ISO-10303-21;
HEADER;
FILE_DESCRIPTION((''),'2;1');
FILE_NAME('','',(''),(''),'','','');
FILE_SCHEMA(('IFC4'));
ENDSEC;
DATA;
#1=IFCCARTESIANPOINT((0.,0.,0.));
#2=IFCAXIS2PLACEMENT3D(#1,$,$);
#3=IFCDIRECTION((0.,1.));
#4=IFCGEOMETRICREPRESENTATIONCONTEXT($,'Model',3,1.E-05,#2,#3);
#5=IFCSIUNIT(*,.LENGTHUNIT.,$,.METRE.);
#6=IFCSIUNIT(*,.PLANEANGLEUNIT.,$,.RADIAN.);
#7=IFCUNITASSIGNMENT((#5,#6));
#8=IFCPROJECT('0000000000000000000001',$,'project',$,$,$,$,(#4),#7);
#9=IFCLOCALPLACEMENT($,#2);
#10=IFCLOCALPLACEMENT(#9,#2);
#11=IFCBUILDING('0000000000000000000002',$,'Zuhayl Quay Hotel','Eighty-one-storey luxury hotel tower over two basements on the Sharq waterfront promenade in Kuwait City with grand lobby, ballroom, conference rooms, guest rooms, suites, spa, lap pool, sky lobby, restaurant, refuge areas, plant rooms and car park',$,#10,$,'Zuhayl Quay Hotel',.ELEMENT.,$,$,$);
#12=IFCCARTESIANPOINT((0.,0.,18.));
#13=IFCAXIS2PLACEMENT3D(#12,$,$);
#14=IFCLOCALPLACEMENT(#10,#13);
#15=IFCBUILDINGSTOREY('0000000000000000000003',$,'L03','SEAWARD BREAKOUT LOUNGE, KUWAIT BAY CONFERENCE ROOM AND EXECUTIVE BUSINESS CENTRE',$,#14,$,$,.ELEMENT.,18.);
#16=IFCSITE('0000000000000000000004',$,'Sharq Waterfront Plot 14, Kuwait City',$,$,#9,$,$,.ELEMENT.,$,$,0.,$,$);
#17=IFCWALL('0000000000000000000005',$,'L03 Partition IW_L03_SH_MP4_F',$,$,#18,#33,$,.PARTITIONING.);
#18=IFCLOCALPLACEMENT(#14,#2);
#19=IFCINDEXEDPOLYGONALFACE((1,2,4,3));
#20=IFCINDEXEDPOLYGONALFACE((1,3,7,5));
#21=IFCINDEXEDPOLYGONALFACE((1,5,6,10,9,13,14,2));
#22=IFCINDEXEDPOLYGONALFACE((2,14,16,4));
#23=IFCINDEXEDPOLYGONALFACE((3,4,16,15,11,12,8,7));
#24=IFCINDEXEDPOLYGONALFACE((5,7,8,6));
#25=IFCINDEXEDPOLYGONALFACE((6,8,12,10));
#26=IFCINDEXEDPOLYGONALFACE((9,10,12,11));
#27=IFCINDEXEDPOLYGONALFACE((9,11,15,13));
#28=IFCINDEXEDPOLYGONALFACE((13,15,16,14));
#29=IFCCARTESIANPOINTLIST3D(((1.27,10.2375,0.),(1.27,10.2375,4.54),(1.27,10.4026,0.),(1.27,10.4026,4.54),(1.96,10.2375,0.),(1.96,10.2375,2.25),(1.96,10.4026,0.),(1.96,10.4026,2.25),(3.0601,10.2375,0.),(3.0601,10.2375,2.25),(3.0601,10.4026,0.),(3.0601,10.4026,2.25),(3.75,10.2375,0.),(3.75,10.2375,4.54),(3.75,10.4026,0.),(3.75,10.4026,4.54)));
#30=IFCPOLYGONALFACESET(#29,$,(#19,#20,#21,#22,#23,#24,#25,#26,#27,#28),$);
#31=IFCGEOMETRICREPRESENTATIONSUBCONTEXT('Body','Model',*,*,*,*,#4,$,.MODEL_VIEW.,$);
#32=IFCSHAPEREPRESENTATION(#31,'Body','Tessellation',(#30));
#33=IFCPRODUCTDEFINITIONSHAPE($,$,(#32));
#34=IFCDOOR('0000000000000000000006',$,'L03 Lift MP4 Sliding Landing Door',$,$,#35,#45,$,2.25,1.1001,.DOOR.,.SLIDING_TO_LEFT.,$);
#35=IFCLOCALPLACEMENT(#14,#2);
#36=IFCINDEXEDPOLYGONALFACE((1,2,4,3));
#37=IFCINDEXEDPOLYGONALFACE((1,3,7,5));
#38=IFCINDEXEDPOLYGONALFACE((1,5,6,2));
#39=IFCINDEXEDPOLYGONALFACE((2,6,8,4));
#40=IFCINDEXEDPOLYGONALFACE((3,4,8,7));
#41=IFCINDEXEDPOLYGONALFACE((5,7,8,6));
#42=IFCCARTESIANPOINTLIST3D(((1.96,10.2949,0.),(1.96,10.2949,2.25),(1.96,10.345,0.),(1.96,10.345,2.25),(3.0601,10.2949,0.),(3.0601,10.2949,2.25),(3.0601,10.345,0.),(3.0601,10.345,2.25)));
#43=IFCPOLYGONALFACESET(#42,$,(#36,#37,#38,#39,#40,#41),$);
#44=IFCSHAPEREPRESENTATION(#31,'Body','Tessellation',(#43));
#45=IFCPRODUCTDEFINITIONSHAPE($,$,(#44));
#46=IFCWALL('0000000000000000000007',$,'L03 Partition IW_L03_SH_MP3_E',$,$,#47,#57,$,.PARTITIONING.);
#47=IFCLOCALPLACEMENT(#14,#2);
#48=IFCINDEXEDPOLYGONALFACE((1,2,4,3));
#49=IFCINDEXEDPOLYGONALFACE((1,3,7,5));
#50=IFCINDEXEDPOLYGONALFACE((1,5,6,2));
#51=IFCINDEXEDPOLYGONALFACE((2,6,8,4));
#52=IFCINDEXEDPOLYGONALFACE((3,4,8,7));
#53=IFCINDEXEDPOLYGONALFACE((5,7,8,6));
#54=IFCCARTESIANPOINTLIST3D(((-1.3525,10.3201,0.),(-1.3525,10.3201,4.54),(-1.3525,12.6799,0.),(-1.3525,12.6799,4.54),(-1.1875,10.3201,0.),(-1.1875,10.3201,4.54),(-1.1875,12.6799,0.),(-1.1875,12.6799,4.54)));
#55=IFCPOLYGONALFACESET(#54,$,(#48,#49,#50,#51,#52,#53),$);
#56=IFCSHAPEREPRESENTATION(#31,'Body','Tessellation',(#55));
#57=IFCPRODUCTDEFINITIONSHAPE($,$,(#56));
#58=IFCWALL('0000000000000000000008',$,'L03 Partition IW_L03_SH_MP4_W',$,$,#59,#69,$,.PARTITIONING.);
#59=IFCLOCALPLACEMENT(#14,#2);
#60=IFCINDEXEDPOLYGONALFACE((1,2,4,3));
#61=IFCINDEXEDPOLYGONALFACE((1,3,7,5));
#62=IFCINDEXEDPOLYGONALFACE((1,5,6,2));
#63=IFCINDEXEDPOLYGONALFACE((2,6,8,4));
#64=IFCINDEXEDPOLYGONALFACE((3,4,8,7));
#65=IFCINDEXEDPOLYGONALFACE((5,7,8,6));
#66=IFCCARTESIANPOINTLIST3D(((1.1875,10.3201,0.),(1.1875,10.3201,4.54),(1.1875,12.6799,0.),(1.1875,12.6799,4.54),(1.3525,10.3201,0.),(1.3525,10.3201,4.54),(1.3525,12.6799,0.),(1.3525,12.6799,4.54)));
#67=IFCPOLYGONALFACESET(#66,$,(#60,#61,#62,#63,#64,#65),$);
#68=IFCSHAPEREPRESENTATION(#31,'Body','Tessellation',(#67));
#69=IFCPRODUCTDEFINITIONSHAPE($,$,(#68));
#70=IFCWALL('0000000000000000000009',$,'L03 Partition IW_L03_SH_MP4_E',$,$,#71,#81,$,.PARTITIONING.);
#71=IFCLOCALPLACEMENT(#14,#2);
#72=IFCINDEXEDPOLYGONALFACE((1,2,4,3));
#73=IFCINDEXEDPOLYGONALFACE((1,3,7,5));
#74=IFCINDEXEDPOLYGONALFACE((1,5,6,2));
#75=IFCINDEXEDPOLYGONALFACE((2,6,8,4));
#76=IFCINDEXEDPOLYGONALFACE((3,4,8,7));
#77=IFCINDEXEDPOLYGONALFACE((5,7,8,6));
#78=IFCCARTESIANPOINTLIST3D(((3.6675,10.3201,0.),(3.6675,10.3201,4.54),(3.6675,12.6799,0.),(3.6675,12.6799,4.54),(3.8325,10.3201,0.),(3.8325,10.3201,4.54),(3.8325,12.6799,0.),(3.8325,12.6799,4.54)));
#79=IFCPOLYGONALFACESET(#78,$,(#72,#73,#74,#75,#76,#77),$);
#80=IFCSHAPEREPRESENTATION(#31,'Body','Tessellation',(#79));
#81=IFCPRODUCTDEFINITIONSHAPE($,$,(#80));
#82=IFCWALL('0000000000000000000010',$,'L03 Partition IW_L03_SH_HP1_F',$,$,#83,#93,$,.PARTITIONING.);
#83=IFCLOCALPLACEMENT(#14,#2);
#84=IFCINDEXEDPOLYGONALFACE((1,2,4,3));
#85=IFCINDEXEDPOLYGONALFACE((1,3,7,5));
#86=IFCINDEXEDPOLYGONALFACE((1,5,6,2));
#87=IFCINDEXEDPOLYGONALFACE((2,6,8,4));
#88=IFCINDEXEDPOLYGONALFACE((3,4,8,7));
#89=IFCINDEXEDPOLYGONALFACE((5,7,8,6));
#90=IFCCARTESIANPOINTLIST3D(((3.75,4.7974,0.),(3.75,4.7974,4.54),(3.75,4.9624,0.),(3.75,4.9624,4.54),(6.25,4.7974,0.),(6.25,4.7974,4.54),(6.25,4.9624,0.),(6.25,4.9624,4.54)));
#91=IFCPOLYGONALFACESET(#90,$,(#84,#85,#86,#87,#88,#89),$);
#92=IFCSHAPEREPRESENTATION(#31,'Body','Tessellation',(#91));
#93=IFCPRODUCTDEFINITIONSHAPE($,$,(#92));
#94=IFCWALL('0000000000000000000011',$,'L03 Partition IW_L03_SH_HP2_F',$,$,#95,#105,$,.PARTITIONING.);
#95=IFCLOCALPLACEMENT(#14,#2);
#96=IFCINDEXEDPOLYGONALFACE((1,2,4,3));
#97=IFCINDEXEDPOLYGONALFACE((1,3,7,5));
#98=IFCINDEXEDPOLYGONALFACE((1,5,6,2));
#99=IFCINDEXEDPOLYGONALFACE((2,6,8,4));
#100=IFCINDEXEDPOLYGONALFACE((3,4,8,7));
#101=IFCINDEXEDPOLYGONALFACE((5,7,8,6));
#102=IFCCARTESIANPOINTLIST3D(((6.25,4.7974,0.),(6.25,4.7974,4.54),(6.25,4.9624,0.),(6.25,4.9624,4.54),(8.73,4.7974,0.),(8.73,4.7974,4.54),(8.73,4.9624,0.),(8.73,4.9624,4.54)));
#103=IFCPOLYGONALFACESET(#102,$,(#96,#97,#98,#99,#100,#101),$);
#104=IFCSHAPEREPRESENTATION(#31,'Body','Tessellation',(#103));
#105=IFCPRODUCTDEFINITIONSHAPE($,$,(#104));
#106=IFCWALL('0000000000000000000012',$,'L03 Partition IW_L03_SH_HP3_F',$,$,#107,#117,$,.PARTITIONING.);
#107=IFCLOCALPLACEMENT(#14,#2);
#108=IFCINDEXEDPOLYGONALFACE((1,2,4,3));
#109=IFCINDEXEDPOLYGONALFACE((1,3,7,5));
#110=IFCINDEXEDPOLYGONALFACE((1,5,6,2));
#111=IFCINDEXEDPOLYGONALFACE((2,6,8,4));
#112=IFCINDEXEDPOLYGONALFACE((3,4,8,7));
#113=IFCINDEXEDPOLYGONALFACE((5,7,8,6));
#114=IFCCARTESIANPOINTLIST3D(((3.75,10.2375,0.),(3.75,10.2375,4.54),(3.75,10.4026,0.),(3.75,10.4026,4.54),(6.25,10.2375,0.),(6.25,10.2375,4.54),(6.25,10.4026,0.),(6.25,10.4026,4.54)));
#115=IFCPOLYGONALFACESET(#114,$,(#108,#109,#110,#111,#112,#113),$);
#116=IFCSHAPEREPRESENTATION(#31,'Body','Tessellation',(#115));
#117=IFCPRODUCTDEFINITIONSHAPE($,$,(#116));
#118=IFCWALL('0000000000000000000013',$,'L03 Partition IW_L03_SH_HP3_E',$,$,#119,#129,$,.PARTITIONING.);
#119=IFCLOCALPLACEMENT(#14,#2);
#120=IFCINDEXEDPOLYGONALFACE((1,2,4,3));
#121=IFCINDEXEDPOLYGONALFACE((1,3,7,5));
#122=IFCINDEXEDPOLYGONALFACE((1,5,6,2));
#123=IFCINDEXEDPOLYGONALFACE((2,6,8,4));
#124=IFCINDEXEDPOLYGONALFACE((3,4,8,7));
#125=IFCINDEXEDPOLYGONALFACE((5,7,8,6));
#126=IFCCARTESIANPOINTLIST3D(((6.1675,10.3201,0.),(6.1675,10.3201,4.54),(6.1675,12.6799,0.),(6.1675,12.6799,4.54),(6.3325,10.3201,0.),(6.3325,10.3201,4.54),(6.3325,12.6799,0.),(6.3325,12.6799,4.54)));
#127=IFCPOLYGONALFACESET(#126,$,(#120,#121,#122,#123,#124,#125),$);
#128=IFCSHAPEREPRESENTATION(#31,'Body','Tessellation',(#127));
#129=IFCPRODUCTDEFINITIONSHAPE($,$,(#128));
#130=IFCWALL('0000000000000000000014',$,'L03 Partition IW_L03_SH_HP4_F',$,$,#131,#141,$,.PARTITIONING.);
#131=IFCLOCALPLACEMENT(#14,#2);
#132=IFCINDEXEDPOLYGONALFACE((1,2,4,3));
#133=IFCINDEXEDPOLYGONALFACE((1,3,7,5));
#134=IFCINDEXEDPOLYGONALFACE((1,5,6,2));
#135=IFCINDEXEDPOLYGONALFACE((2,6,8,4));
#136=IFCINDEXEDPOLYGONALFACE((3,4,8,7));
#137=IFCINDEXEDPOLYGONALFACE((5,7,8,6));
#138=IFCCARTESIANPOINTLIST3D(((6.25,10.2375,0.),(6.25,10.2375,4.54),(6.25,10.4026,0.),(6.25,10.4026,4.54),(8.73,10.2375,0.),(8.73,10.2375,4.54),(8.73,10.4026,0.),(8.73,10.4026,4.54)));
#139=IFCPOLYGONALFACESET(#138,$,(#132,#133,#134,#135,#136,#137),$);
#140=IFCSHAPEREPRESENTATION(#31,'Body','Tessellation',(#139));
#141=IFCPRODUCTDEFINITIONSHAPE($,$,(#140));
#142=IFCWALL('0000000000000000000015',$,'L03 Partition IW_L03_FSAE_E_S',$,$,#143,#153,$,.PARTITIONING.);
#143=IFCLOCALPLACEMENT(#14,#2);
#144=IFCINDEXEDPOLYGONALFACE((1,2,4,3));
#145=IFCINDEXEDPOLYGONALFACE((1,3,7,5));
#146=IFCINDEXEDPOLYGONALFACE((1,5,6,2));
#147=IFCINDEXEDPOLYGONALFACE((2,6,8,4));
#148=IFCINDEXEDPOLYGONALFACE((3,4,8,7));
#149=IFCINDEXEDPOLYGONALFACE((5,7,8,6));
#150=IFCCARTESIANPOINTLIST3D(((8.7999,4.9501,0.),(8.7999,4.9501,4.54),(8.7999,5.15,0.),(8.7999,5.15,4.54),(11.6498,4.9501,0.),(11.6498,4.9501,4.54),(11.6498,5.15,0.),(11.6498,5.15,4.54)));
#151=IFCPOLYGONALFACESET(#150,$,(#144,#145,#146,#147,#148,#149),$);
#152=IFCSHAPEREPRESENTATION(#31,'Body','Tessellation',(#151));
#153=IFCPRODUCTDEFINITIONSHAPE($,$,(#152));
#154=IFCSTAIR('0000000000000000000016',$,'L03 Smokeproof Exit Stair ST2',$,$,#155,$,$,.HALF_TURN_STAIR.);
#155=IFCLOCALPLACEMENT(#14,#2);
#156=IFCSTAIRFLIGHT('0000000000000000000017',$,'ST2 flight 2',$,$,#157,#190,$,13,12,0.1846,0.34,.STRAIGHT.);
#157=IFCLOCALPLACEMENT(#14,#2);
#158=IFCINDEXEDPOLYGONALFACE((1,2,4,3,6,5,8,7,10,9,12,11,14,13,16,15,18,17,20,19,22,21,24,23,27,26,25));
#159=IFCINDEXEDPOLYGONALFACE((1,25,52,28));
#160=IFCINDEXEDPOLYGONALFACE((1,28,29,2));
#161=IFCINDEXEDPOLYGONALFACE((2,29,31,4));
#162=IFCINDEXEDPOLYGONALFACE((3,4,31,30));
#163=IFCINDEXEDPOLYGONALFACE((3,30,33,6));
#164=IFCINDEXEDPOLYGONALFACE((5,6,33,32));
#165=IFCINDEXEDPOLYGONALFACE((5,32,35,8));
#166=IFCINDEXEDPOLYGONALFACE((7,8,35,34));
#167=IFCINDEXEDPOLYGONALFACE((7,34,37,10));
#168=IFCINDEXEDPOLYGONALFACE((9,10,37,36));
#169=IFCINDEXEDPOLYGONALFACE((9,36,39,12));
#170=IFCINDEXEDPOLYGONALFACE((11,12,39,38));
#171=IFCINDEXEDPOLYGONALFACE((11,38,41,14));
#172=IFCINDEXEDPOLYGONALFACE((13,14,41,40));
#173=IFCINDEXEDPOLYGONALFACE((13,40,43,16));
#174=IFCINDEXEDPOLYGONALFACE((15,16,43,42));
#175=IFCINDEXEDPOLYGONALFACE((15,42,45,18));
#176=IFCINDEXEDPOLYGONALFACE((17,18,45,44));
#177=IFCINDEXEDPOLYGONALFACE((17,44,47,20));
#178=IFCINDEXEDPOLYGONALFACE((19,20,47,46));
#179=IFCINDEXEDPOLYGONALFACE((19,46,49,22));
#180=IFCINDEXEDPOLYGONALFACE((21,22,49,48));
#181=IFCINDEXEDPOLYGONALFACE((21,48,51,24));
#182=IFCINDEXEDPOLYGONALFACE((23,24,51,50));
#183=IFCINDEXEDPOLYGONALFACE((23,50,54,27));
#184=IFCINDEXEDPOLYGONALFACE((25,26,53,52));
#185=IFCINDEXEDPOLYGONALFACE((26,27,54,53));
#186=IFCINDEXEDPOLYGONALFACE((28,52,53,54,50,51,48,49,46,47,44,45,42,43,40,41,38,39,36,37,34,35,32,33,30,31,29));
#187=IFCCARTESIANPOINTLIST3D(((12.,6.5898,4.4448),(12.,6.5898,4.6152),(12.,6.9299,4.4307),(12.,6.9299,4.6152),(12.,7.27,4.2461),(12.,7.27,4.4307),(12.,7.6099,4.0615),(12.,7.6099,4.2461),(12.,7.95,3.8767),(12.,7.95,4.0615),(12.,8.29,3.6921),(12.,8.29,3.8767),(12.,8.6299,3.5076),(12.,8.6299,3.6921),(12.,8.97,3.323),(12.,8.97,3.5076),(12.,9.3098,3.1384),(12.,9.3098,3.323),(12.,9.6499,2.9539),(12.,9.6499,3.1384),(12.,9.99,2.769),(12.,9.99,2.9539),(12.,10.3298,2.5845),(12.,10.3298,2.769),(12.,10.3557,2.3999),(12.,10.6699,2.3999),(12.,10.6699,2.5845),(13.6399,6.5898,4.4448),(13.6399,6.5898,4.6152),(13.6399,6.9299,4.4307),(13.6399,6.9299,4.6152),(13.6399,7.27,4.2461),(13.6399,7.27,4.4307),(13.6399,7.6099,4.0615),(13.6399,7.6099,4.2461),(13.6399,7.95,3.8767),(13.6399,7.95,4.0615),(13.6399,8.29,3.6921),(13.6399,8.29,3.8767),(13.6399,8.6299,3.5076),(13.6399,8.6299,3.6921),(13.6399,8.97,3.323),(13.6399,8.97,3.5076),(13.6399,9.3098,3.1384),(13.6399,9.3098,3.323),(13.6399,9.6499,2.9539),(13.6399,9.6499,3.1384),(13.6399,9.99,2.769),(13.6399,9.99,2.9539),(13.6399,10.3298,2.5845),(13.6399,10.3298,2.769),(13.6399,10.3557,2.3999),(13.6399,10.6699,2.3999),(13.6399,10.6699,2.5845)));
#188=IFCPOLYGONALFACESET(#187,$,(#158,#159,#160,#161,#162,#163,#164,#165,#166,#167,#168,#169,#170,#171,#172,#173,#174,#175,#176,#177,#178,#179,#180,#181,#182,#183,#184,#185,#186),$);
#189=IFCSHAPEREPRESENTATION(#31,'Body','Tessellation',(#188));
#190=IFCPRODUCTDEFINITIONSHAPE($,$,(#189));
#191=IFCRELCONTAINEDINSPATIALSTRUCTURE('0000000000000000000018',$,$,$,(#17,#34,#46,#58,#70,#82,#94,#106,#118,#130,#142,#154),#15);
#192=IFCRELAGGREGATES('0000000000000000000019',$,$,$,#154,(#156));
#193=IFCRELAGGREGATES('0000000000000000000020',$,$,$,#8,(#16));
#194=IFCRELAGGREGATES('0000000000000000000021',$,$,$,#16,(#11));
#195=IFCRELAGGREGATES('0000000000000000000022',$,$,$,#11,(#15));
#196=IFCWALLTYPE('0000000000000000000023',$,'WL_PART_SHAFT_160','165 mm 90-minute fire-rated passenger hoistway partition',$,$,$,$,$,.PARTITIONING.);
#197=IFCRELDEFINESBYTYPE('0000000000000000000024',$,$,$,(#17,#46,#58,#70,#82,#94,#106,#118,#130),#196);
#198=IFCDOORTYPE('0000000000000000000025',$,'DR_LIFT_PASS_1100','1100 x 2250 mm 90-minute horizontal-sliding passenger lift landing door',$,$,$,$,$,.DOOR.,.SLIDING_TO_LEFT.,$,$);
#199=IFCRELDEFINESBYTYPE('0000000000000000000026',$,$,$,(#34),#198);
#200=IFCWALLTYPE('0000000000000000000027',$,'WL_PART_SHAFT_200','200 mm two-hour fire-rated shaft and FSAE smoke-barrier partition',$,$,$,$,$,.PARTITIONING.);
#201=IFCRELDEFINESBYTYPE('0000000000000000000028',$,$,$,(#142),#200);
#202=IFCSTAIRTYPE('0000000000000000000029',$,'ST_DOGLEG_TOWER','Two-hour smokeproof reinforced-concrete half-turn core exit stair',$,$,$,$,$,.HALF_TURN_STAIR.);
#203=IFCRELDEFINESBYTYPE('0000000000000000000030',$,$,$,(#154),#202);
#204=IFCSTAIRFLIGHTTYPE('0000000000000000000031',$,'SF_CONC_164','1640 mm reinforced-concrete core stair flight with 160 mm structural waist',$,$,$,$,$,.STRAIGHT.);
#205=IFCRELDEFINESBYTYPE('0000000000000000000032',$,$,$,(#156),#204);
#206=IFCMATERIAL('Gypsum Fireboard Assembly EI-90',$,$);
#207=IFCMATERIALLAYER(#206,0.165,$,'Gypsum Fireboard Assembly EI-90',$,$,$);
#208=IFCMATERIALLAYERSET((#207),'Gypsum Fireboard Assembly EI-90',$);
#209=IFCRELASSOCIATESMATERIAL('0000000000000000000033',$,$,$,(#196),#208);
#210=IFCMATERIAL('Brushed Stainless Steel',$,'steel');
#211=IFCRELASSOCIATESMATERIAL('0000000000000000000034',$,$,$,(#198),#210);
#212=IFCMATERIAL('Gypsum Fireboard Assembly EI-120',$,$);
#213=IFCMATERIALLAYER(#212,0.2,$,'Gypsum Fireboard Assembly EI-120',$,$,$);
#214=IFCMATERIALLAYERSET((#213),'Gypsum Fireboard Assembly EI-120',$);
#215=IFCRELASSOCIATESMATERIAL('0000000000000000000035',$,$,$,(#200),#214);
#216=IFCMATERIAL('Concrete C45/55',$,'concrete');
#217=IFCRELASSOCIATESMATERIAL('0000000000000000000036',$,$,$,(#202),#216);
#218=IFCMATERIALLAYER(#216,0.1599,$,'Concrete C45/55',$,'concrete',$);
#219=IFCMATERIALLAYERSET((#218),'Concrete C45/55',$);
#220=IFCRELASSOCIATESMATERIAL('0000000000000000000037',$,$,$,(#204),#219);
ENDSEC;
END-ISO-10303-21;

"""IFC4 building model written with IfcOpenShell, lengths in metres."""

from ifc_helpers import new_model, si_unit, direction, frame, frame_2d, origin, place, context, subcontext, project, spatial, polyline, rectangle, outline, extrude, material, layer, layer_set, type_object, element, fill, aggregate, save


model = new_model("IFC4")

# Units and contexts
model_context = context("Model", 3, precision=1e-05, world=origin(), true_north=direction((0.0, 1.0)))
body_context = subcontext(model_context, "Body", "Model", "MODEL_VIEW")
ifc_project = project(units=[si_unit("LENGTHUNIT", "METRE"), si_unit("PLANEANGLEUNIT", "RADIAN")], contexts=[model_context])

# Site, building, storey
site_placement = place(None, origin())
site = spatial("IfcSite", under=ifc_project, at=site_placement, Name="Sharq Waterfront Plot 14, Kuwait City", CompositionType="ELEMENT", RefElevation=0.0)
building_placement = place(site_placement, origin())
building = spatial("IfcBuilding", under=site, at=building_placement, Name="Zuhayl Quay Hotel", Description="Eighty-one-storey luxury hotel tower over two basements on the Sharq waterfront promenade in Kuwait City with grand lobby, ballroom, conference rooms, guest rooms, suites, spa, lap pool, sky lobby, restaurant, refuge areas, plant rooms and car park", LongName="Zuhayl Quay Hotel", CompositionType="ELEMENT")
storey_placement = place(building_placement, frame((0.0, 0.0, 18.0)))
storey = spatial("IfcBuildingStorey", under=building, at=storey_placement, Name="L03", Description="SEAWARD BREAKOUT LOUNGE, KUWAIT BAY CONFERENCE ROOM AND EXECUTIVE BUSINESS CENTRE", CompositionType="ELEMENT", Elevation=18.0)

# Wall, opening, door
ifc_material_1 = material(Name="Gypsum Fireboard Assembly EI-90")
ifc_layer_1 = layer(ifc_material_1, 0.165, Name="Gypsum Fireboard Assembly EI-90")
ifc_layer_set_1 = layer_set([ifc_layer_1], Name="Gypsum Fireboard Assembly EI-90")
wall_type_1 = type_object("IfcWallType", Name="WL_PART_SHAFT_160", Description="165 mm 90-minute fire-rated passenger hoistway partition", PredefinedType="PARTITIONING", material=ifc_layer_set_1)
ifc_material_2 = material(Name="Brushed Stainless Steel", Category="steel")
door_type_1 = type_object("IfcDoorType", Name="DR_LIFT_PASS_1100", Description="1100 x 2250 mm 90-minute horizontal-sliding passenger lift landing door", OperationType="SLIDING_TO_LEFT", PredefinedType="DOOR", material=ifc_material_2)
wall_1_placement = place(storey_placement, frame((1.27, 10.3201, 0.0), z_axis=(0.0, 0.0, 1.0), x_axis=(1.0, 0.0, 0.0)))
wall_1 = element("IfcWall", 1, at=wall_1_placement, inside=storey, type_object=wall_type_1, Name="L03 Partition IW_L03_SH_MP4_F", PredefinedType="PARTITIONING", context=body_context, shape_type="SweptSolid", body=[
    extrude(rectangle(XDim=2.48, YDim=0.165, at=frame_2d((1.24, 0.0))), origin(), (0.0, 0.0, 1.0), 4.54),
])
opening_1_placement = place(wall_1_placement, frame((0.6899, 0.0, 0.0)))
opening_1 = element("IfcOpeningElement", 2, at=opening_1_placement, cuts=wall_1, PredefinedType="OPENING", context=body_context, shape_type="SweptSolid", body=[
    extrude(rectangle(XDim=1.1001, YDim=2.25, at=frame_2d((0.55, 1.125))), frame((0.0, 0.0925, 0.0), z_axis=(0.0, -1.0, 0.0), x_axis=(1.0, 0.0, 0.0)), (0.0, 0.0, 1.0), 0.1851),
])
door_1_placement = place(opening_1_placement, origin())
door_1 = element("IfcDoor", 3, at=door_1_placement, inside=storey, type_object=door_type_1, Name="L03 Lift MP4 Sliding Landing Door", OperationType="SLIDING_TO_LEFT", OverallHeight=2.25, OverallWidth=1.1001, PredefinedType="DOOR", context=body_context, shape_type="SweptSolid", body=[
    extrude(rectangle(XDim=1.1001, YDim=2.25, at=frame_2d((0.55, 1.125))), frame((0.0, 0.0249, 0.0), z_axis=(0.0, -1.0, 0.0), x_axis=(1.0, 0.0, 0.0)), (0.0, 0.0, 1.0), 0.05),
])
fill(opening_1, door_1)

# Walls
for number, where, z_axis, x_axis, name in (
    (4, (-1.27, 10.3201, 0.0), (0.0, 0.0, 1.0), (0.0, 1.0, 0.0), "L03 Partition IW_L03_SH_MP3_E"),
    (5, (1.27, 10.3201, 0.0), (0.0, 0.0, 1.0), (0.0, 1.0, 0.0), "L03 Partition IW_L03_SH_MP4_W"),
    (6, (3.75, 10.3201, 0.0), (0.0, 0.0, 1.0), (0.0, 1.0, 0.0), "L03 Partition IW_L03_SH_MP4_E"),
):
    element("IfcWall", number, at=place(storey_placement, frame(where, z_axis=z_axis, x_axis=x_axis)), inside=storey, type_object=wall_type_1, Name=name, PredefinedType="PARTITIONING", context=body_context, shape_type="SweptSolid", body=[
        extrude(rectangle(XDim=2.3599, YDim=0.165, at=frame_2d((1.1799, 0.0))), origin(), (0.0, 0.0, 1.0), 4.54),
    ])
wall_2_placement = place(storey_placement, frame((3.75, 4.8799, 0.0), z_axis=(0.0, 0.0, 1.0), x_axis=(1.0, 0.0, 0.0)))
element("IfcWall", 7, at=wall_2_placement, inside=storey, type_object=wall_type_1, Name="L03 Partition IW_L03_SH_HP1_F", PredefinedType="PARTITIONING", context=body_context, shape_type="SweptSolid", body=[
    extrude(rectangle(XDim=2.5, YDim=0.165, at=frame_2d((1.25, 0.0))), origin(), (0.0, 0.0, 1.0), 4.54),
])
wall_3_placement = place(storey_placement, frame((6.25, 4.8799, 0.0), z_axis=(0.0, 0.0, 1.0), x_axis=(1.0, 0.0, 0.0)))
element("IfcWall", 8, at=wall_3_placement, inside=storey, type_object=wall_type_1, Name="L03 Partition IW_L03_SH_HP2_F", PredefinedType="PARTITIONING", context=body_context, shape_type="SweptSolid", body=[
    extrude(rectangle(XDim=2.48, YDim=0.165, at=frame_2d((1.24, 0.0))), origin(), (0.0, 0.0, 1.0), 4.54),
])
wall_4_placement = place(storey_placement, frame((3.75, 10.3201, 0.0), z_axis=(0.0, 0.0, 1.0), x_axis=(1.0, 0.0, 0.0)))
element("IfcWall", 9, at=wall_4_placement, inside=storey, type_object=wall_type_1, Name="L03 Partition IW_L03_SH_HP3_F", PredefinedType="PARTITIONING", context=body_context, shape_type="SweptSolid", body=[
    extrude(rectangle(XDim=2.5, YDim=0.165, at=frame_2d((1.25, 0.0))), origin(), (0.0, 0.0, 1.0), 4.54),
])
wall_5_placement = place(storey_placement, frame((6.25, 10.3201, 0.0), z_axis=(0.0, 0.0, 1.0), x_axis=(0.0, 1.0, 0.0)))
element("IfcWall", 10, at=wall_5_placement, inside=storey, type_object=wall_type_1, Name="L03 Partition IW_L03_SH_HP3_E", PredefinedType="PARTITIONING", context=body_context, shape_type="SweptSolid", body=[
    extrude(rectangle(XDim=2.3599, YDim=0.165, at=frame_2d((1.1799, 0.0))), origin(), (0.0, 0.0, 1.0), 4.54),
])
wall_6_placement = place(storey_placement, frame((6.25, 10.3201, 0.0), z_axis=(0.0, 0.0, 1.0), x_axis=(1.0, 0.0, 0.0)))
element("IfcWall", 11, at=wall_6_placement, inside=storey, type_object=wall_type_1, Name="L03 Partition IW_L03_SH_HP4_F", PredefinedType="PARTITIONING", context=body_context, shape_type="SweptSolid", body=[
    extrude(rectangle(XDim=2.48, YDim=0.165, at=frame_2d((1.24, 0.0))), origin(), (0.0, 0.0, 1.0), 4.54),
])
ifc_material_3 = material(Name="Gypsum Fireboard Assembly EI-120")
ifc_layer_2 = layer(ifc_material_3, 0.2, Name="Gypsum Fireboard Assembly EI-120")
ifc_layer_set_2 = layer_set([ifc_layer_2], Name="Gypsum Fireboard Assembly EI-120")
wall_type_2 = type_object("IfcWallType", Name="WL_PART_SHAFT_200", Description="200 mm two-hour fire-rated shaft and FSAE smoke-barrier partition", PredefinedType="PARTITIONING", material=ifc_layer_set_2)
wall_7_placement = place(storey_placement, frame((8.8, 5.05, 0.0), z_axis=(0.0, 0.0, 1.0), x_axis=(1.0, 0.0, 0.0)))
element("IfcWall", 12, at=wall_7_placement, inside=storey, type_object=wall_type_2, Name="L03 Partition IW_L03_FSAE_E_S", PredefinedType="PARTITIONING", context=body_context, shape_type="SweptSolid", body=[
    extrude(rectangle(XDim=2.8499, YDim=0.2, at=frame_2d((1.4248, 0.0))), origin(), (0.0, 0.0, 1.0), 4.54),
])

# Stair, stair flight
ifc_material_4 = material(Name="Concrete C45/55", Category="concrete")
stair_type = type_object("IfcStairType", Name="ST_DOGLEG_TOWER", Description="Two-hour smokeproof reinforced-concrete half-turn core exit stair", PredefinedType="HALF_TURN_STAIR", material=ifc_material_4)
stair_placement = place(storey_placement, origin())
stair = element("IfcStair", 13, at=stair_placement, inside=storey, type_object=stair_type, Name="L03 Smokeproof Exit Stair ST2", PredefinedType="HALF_TURN_STAIR")
ifc_layer_3 = layer(ifc_material_4, 0.1599, Name="Concrete C45/55", Category="concrete")
ifc_layer_set_3 = layer_set([ifc_layer_3], Name="Concrete C45/55")
stair_flight_type = type_object("IfcStairFlightType", Name="SF_CONC_164", Description="1640 mm reinforced-concrete core stair flight with 160 mm structural waist", PredefinedType="STRAIGHT", material=ifc_layer_set_3)
stair_flight_placement = place(storey_placement, frame((12.8201, 10.6699, 2.3999), z_axis=(0.0, 0.0, 1.0), x_axis=(0.0, -1.0, 0.0)))
stair_flight = element("IfcStairFlight", 14, at=stair_flight_placement, type_object=stair_flight_type, Name="ST2 flight 2", NumberOfRisers=13, NumberOfTreads=12, PredefinedType="STRAIGHT", RiserHeight=0.1846, TreadLength=0.34, context=body_context, shape_type="SweptSolid", body=[
    extrude(outline(polyline([(0.0, 0.0), (0.0, 0.1846), (0.3401, 0.1846), (0.3401, 0.3691), (0.6799, 0.3691), (0.6799, 0.554), (1.02, 0.554), (1.02, 0.7385), (1.3601, 0.7385), (1.3601, 0.9231), (1.7, 0.9231), (1.7, 1.1077), (2.04, 1.1077), (2.04, 1.2922), (2.3799, 1.2922), (2.3799, 1.4768), (2.72, 1.4768), (2.72, 1.6616), (3.0601, 1.6616), (3.0601, 1.8462), (3.3999, 1.8462), (3.3999, 2.0308), (3.74, 2.0308), (3.74, 2.2153), (4.0801, 2.2153), (4.0801, 2.3999), (4.0801, 2.0449), (0.3142, 0.0), (0.0, 0.0)])), frame((0.0, 0.8198, 0.0), z_axis=(0.0, -1.0, 0.0), x_axis=(1.0, 0.0, 0.0)), (0.0, 0.0, 1.0), 1.6399),
])
aggregate(stair, [stair_flight])

save(model, "model.ifc")
